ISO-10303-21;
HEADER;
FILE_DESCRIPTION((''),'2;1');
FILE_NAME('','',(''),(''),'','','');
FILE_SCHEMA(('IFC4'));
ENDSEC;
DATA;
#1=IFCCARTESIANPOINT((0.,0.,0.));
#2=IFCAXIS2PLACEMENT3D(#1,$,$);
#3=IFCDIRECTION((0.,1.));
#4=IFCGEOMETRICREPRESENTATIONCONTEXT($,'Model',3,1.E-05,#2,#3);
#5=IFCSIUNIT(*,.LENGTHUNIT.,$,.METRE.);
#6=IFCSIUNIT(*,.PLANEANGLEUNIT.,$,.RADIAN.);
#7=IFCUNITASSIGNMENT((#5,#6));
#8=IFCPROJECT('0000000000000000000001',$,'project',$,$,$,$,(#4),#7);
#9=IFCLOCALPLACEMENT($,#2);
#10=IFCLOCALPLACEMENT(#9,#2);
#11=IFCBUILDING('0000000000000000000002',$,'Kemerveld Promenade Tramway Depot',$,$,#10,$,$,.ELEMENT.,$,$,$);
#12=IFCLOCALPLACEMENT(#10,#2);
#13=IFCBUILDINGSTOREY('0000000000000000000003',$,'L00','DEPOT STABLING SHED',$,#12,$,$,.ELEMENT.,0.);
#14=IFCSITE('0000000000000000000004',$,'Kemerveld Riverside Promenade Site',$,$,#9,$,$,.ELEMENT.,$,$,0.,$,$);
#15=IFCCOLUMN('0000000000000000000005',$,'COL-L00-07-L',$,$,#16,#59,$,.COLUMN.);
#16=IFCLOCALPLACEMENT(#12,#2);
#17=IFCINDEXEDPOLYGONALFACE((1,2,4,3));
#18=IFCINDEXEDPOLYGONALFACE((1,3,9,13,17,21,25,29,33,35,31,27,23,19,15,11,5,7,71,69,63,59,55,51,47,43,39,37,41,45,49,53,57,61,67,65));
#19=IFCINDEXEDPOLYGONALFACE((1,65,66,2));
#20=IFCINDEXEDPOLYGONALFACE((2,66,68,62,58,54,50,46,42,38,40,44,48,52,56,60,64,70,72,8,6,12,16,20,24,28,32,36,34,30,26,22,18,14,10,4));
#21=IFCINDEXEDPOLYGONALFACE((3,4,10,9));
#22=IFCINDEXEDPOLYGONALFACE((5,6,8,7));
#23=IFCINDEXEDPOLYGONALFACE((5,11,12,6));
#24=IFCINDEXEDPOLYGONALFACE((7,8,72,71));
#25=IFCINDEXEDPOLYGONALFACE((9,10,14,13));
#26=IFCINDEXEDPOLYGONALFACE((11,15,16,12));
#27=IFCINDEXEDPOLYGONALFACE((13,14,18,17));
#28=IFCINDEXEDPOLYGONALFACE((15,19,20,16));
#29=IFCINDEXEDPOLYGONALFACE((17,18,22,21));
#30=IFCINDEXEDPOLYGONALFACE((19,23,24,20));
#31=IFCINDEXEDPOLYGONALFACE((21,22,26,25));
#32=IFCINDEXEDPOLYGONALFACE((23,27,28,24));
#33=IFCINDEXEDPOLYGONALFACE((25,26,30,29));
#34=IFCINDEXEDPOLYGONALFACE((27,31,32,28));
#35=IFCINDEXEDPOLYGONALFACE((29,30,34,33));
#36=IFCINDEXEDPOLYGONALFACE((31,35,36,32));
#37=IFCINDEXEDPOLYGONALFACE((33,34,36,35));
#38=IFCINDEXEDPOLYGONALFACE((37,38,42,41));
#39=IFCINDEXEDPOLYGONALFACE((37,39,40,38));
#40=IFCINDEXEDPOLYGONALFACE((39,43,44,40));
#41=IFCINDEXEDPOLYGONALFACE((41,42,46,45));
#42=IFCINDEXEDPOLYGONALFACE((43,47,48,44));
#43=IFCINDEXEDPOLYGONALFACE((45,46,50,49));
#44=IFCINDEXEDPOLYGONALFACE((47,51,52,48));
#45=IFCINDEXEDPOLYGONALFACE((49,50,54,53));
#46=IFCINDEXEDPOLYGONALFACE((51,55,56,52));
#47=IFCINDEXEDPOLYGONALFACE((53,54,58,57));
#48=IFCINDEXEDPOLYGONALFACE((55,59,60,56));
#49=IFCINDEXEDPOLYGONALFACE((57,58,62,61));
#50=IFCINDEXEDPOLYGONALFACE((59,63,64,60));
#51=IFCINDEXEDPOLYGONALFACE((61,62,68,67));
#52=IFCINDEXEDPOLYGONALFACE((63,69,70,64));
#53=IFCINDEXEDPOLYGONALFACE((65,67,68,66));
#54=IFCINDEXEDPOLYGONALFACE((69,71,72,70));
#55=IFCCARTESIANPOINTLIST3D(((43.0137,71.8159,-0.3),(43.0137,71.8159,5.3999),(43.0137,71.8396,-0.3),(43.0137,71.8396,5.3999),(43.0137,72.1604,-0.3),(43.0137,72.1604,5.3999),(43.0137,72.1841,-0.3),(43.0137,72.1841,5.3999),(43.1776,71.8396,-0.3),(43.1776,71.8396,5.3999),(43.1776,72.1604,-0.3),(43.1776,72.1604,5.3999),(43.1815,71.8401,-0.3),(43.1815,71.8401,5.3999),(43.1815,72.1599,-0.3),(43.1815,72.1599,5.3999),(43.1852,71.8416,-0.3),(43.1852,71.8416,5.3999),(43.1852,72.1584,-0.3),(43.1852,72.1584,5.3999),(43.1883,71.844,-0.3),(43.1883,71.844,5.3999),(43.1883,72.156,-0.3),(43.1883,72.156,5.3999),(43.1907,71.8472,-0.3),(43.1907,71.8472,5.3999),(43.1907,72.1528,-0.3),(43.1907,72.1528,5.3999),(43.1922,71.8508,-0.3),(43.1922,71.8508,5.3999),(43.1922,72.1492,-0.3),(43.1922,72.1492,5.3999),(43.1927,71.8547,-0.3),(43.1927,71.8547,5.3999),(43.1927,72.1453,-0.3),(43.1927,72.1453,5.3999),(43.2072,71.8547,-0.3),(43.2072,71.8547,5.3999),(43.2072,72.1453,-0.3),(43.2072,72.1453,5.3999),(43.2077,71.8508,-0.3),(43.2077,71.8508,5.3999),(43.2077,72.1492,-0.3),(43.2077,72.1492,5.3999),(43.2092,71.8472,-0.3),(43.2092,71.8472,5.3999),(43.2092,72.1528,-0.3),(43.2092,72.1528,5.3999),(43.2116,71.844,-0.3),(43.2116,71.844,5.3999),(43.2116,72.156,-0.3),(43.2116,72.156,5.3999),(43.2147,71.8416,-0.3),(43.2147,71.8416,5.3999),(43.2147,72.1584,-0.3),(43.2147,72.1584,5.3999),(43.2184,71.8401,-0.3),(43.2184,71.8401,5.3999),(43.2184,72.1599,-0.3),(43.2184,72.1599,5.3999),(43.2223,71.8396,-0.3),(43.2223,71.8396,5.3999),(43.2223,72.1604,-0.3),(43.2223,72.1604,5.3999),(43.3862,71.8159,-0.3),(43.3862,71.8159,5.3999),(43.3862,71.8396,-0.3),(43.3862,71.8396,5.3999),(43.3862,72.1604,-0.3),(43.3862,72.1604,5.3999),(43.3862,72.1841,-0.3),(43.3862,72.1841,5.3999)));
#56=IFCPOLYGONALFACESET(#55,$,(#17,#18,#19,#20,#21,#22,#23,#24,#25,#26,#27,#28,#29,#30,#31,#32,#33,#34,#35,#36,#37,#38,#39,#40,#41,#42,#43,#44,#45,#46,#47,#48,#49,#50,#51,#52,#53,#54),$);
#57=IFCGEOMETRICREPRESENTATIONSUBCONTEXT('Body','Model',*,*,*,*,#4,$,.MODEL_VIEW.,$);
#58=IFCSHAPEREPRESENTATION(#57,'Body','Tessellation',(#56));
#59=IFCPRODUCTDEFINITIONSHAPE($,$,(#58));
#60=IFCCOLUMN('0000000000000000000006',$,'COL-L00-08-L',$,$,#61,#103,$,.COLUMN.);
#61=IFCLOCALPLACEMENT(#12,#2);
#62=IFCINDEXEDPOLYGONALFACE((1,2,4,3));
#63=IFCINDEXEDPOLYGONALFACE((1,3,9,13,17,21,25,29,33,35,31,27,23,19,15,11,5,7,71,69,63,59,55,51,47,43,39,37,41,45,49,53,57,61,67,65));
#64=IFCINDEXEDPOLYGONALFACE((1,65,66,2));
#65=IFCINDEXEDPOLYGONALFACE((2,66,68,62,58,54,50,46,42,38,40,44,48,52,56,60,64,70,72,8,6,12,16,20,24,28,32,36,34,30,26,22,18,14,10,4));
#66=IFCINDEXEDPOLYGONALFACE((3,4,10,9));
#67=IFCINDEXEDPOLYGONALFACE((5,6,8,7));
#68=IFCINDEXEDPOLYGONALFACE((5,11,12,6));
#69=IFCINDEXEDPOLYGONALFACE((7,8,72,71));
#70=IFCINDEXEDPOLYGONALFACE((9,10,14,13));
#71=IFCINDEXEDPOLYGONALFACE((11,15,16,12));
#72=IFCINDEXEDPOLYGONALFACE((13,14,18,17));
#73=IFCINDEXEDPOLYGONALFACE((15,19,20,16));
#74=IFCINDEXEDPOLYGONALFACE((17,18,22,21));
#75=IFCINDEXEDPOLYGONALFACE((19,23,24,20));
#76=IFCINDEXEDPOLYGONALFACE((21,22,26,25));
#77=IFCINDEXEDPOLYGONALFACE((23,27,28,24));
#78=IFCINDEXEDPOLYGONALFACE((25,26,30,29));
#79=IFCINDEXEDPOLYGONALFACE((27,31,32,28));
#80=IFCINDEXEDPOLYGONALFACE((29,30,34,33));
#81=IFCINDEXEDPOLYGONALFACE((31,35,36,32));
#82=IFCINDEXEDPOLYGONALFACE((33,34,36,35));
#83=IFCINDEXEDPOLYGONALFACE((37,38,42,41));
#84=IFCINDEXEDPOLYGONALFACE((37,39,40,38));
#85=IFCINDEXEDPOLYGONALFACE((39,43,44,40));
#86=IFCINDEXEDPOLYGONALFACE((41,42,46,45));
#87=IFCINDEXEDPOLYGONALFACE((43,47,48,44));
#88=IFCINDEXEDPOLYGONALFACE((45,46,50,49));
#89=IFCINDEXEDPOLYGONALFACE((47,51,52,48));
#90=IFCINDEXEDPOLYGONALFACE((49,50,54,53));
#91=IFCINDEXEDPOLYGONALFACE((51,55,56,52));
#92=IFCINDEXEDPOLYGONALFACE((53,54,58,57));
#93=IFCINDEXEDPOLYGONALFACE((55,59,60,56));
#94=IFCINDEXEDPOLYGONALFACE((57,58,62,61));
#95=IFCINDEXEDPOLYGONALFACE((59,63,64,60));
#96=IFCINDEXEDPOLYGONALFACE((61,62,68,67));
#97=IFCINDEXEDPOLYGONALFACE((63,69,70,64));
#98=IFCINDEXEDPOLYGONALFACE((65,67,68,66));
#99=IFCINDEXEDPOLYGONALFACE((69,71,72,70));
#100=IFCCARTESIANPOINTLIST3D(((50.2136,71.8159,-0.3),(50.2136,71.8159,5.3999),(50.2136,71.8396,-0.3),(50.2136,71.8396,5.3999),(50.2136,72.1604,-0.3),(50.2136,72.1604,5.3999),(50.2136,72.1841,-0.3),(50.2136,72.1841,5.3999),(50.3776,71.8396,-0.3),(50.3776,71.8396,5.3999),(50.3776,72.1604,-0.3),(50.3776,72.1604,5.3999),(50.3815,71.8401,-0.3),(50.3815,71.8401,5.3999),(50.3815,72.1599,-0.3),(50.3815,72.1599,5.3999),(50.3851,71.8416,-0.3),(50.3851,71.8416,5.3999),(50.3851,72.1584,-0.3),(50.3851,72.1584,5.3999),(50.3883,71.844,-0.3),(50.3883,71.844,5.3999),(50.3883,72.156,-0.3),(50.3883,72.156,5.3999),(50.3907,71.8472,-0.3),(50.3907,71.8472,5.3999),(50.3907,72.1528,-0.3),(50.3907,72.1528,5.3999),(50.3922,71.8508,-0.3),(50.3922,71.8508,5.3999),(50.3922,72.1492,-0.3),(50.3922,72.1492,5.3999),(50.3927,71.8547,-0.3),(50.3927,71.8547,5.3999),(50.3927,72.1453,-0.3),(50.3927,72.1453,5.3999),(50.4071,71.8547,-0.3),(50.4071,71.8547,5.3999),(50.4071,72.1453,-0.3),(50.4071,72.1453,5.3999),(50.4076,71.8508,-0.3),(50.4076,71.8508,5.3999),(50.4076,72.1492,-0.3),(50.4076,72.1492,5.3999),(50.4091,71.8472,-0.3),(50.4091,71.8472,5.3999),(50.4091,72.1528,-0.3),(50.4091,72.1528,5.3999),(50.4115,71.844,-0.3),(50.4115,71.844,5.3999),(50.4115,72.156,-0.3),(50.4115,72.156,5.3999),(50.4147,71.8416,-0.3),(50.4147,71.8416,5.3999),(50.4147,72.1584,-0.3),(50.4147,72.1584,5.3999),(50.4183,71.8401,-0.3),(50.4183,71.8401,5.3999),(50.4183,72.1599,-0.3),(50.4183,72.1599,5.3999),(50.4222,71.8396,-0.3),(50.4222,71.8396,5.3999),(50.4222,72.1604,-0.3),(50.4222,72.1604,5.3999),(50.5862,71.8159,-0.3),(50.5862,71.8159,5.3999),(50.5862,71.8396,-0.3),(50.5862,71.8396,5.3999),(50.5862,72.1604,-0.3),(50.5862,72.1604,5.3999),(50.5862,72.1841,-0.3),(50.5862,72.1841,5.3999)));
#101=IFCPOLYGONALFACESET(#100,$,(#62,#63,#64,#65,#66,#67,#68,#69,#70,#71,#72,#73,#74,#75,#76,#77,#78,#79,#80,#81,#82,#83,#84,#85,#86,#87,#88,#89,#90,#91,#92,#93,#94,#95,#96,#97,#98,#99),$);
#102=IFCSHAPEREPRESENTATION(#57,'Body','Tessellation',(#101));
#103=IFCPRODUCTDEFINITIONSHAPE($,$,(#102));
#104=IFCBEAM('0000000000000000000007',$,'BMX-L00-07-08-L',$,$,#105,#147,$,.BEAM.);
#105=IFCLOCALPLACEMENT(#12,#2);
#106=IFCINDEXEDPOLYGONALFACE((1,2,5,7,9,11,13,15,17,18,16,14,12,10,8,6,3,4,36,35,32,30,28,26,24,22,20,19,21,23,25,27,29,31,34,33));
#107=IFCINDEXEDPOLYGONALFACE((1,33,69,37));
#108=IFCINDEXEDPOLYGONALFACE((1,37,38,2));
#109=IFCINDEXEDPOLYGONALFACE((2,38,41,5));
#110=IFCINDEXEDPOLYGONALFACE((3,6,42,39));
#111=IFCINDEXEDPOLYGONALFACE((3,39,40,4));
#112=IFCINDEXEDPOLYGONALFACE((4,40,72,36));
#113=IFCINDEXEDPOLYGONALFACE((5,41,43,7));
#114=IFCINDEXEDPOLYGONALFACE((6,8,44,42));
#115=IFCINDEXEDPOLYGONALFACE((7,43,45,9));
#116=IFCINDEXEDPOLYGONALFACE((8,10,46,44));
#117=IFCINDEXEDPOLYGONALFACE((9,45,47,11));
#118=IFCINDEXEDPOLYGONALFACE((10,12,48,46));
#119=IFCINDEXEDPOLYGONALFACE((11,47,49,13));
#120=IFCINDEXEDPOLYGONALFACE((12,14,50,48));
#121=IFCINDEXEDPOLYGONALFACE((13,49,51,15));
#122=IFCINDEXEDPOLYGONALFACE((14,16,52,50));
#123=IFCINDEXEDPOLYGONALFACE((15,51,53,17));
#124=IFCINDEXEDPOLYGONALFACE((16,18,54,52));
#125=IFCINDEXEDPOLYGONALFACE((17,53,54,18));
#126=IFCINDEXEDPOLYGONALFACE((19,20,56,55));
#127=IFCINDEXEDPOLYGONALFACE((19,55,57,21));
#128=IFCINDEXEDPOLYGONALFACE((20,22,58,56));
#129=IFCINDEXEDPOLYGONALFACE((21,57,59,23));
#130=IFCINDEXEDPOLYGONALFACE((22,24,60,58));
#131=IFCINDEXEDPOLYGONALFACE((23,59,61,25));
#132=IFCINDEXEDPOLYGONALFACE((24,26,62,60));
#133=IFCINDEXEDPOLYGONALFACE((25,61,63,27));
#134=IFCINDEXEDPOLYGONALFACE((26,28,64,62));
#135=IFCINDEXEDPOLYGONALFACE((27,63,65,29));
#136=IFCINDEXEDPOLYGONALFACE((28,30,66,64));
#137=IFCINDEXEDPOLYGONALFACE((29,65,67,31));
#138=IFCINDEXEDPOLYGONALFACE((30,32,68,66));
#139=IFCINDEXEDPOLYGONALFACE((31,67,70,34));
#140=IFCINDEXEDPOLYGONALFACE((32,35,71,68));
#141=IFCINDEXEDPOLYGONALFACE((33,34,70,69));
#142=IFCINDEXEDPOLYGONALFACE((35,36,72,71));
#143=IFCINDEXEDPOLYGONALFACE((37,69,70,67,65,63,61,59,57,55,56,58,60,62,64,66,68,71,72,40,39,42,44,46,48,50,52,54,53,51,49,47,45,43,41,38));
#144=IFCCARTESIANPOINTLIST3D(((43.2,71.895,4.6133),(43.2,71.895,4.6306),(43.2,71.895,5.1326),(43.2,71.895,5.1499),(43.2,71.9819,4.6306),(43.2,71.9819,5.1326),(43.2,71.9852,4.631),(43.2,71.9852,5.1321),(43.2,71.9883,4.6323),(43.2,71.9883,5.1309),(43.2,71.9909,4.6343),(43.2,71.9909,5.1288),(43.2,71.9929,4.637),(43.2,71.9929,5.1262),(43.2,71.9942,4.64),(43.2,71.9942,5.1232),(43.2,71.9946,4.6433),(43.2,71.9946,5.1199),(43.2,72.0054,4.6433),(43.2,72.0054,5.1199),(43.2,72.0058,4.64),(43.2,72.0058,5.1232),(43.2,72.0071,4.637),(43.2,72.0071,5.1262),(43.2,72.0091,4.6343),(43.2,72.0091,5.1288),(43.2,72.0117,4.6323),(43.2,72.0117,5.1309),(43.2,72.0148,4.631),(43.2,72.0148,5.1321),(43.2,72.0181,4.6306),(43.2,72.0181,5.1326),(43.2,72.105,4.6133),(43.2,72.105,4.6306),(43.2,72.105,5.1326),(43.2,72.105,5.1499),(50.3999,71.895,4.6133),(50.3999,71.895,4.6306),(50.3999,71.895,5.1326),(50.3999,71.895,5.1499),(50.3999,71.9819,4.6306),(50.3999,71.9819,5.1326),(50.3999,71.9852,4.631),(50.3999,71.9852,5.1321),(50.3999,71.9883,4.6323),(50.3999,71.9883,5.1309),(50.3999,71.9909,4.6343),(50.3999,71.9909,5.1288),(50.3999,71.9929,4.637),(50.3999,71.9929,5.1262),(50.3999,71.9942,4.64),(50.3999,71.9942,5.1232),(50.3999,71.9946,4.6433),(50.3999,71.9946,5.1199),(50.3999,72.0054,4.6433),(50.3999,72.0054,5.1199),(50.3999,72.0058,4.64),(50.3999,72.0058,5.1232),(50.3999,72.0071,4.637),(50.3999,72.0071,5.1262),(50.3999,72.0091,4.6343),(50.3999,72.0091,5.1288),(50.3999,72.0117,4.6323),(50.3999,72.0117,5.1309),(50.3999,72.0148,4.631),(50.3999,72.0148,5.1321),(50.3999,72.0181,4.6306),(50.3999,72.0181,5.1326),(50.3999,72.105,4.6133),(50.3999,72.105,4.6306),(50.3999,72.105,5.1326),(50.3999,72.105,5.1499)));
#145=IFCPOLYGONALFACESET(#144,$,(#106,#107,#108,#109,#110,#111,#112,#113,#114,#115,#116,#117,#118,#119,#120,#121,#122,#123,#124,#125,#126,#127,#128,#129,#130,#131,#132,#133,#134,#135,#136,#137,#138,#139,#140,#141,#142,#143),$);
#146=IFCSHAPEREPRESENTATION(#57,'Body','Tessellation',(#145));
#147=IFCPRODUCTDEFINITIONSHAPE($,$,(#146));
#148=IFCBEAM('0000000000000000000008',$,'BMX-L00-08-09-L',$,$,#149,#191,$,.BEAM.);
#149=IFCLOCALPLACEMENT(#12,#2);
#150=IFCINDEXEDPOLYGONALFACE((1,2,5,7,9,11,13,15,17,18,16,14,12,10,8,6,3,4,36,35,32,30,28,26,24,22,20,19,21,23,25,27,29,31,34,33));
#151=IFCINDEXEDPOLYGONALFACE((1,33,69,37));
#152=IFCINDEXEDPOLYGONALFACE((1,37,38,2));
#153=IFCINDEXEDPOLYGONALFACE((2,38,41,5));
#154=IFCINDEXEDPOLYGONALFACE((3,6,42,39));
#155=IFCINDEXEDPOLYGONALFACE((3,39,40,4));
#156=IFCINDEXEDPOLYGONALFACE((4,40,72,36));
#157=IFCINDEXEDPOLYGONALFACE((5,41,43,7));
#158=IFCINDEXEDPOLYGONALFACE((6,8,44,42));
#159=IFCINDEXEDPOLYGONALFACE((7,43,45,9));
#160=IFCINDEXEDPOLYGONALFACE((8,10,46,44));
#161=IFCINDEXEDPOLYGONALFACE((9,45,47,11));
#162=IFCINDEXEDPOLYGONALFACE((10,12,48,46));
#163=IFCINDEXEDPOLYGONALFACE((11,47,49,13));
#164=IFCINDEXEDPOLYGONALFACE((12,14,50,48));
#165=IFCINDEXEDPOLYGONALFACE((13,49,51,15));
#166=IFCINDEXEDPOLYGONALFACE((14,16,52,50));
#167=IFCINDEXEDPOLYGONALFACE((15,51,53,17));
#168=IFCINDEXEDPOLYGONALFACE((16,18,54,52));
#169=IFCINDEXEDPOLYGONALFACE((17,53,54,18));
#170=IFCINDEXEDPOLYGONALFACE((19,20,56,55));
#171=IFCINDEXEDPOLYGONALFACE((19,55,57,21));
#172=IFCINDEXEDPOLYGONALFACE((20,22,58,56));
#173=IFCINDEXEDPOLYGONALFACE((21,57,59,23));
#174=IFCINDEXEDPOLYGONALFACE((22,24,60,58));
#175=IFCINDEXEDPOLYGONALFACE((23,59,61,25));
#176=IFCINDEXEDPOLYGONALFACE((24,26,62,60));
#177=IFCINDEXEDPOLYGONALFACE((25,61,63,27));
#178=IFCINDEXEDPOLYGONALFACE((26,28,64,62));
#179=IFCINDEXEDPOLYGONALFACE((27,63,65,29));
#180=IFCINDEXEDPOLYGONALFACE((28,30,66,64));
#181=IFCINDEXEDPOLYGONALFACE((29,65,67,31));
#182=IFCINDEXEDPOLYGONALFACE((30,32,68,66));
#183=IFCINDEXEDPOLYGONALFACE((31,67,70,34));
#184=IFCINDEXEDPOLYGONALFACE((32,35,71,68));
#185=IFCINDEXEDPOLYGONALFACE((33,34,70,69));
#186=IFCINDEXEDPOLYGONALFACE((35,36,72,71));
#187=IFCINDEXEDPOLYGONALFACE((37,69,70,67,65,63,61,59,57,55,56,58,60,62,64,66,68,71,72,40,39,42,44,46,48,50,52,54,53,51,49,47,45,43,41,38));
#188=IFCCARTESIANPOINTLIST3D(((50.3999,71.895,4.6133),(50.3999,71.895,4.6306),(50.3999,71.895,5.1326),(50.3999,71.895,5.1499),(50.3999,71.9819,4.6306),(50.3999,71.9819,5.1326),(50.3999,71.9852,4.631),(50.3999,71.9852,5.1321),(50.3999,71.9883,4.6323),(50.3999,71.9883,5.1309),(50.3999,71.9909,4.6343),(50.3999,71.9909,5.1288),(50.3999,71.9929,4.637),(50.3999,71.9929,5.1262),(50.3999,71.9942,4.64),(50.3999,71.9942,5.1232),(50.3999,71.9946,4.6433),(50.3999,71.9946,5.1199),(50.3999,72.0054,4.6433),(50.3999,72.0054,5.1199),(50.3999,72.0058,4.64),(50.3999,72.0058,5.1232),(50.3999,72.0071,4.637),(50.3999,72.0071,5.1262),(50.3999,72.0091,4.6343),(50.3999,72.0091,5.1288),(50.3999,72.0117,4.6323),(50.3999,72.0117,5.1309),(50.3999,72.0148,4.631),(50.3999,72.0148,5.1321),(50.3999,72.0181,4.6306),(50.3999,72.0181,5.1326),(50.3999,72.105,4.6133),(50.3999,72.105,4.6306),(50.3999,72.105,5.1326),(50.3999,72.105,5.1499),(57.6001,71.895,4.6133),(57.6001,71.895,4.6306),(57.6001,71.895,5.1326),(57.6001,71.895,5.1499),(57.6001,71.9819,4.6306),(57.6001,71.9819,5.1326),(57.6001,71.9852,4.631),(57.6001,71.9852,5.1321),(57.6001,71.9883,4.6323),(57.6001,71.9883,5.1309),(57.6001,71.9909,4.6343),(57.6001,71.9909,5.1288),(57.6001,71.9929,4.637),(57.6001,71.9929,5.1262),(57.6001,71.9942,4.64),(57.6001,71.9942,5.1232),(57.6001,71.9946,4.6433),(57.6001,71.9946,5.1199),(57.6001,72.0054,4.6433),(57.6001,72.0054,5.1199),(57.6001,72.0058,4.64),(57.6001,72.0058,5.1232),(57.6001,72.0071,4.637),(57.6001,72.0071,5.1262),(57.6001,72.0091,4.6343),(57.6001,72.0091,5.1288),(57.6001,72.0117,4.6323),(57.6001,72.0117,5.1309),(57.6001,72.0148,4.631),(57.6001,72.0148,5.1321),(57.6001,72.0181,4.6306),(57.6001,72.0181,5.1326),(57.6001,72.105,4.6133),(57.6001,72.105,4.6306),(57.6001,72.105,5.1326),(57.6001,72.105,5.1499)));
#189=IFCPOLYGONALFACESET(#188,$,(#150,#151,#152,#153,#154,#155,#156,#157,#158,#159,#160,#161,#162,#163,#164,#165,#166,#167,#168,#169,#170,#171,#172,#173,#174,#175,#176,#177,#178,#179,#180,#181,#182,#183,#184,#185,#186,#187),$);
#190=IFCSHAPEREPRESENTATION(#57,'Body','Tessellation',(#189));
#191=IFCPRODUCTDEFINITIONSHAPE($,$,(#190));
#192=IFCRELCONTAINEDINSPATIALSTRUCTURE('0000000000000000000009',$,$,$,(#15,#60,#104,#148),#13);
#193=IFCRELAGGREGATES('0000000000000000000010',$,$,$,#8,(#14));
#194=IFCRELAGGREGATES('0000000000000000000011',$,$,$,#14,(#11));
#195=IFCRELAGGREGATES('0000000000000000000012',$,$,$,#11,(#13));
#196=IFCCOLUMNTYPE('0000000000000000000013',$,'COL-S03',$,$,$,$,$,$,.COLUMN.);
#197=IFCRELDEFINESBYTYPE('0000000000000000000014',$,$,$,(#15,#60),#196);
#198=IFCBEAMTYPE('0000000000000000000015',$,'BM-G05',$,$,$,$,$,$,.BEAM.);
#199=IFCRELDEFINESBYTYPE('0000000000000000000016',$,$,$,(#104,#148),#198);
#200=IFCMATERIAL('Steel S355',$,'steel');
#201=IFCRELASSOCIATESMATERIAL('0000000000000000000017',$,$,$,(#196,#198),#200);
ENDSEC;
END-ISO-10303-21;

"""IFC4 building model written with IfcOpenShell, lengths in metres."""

from ifc_helpers import new_model, si_unit, direction, frame, origin, origin_2d, place, context, subcontext, project, spatial, i_section, extrude, material, material_profile, profile_set, type_object, element, save


model = new_model("IFC4")

# Units and contexts
model_context = context("Model", 3, precision=1e-05, world=origin(), true_north=direction((0.0, 1.0)))
body_context = subcontext(model_context, "Body", "Model", "MODEL_VIEW")
ifc_project = project(units=[si_unit("LENGTHUNIT", "METRE"), si_unit("PLANEANGLEUNIT", "RADIAN")], contexts=[model_context])

# Site, building, storey
site_placement = place(None, origin())
site = spatial("IfcSite", under=ifc_project, at=site_placement, Name="Kemerveld Riverside Promenade Site", CompositionType="ELEMENT", RefElevation=0.0)
building_placement = place(site_placement, origin())
building = spatial("IfcBuilding", under=site, at=building_placement, Name="Kemerveld Promenade Tramway Depot", CompositionType="ELEMENT")
storey_placement = place(building_placement, origin())
storey = spatial("IfcBuildingStorey", under=building, at=storey_placement, Name="L00", Description="DEPOT STABLING SHED", CompositionType="ELEMENT", Elevation=0.0)

# Columns
ifc_material_1 = material(Name="Steel S355", Category="steel")
ifc_material_profile_1 = material_profile(ifc_material_1, i_section(OverallWidth=0.3726, OverallDepth=0.3682, WebThickness=0.0144, FlangeThickness=0.0237, FilletRadius=0.0151, at=origin_2d()), Name="356x368x177 UC")
ifc_profile_set_1 = profile_set([ifc_material_profile_1], Name="Steel S355")
column_type = type_object("IfcColumnType", Name="COL-S03", PredefinedType="COLUMN", material=ifc_profile_set_1)
for number, where, z_axis, x_axis, name in (
    (1, (43.2, 72.0, -0.3), (0.0, 0.0, 1.0), (1.0, 0.0, 0.0), "COL-L00-07-L"),
    (2, (50.3999, 72.0, -0.3), (0.0, 0.0, 1.0), (1.0, 0.0, 0.0), "COL-L00-08-L"),
):
    element("IfcColumn", number, at=place(storey_placement, frame(where, z_axis=z_axis, x_axis=x_axis)), inside=storey, type_object=column_type, Name=name, PredefinedType="COLUMN", context=body_context, shape_type="SweptSolid", body=[
        extrude(i_section(OverallWidth=0.3726, OverallDepth=0.3682, WebThickness=0.0144, FlangeThickness=0.0237, FilletRadius=0.0151, at=origin_2d()), origin(), (0.0, 0.0, 1.0), 5.7),
    ])

# Beams
ifc_material_profile_2 = material_profile(ifc_material_1, i_section(OverallWidth=0.21, OverallDepth=0.5366, WebThickness=0.0107, FlangeThickness=0.0173, FilletRadius=0.0127, at=origin_2d()), Name="533x210x101 UB")
ifc_profile_set_2 = profile_set([ifc_material_profile_2], Name="Steel S355")
beam_type_1 = type_object("IfcBeamType", Name="BM-G05", PredefinedType="BEAM", material=ifc_profile_set_2)
beam_1_placement = place(storey_placement, frame((43.2, 72.0, 4.8816), z_axis=(1.0, 0.0, 0.0), x_axis=(0.0, 1.0, 0.0)))
element("IfcBeam", 3, at=beam_1_placement, inside=storey, type_object=beam_type_1, Name="BMX-L00-07-08-L", PredefinedType="BEAM", context=body_context, shape_type="SweptSolid", body=[
    extrude(i_section(OverallWidth=0.21, OverallDepth=0.5366, WebThickness=0.0107, FlangeThickness=0.0173, FilletRadius=0.0127, at=origin_2d()), origin(), (0.0, 0.0, 1.0), 7.2),
])
beam_2_placement = place(storey_placement, frame((50.3999, 72.0, 4.8816), z_axis=(1.0, 0.0, 0.0), x_axis=(0.0, 1.0, 0.0)))
element("IfcBeam", 4, at=beam_2_placement, inside=storey, type_object=beam_type_1, Name="BMX-L00-08-09-L", PredefinedType="BEAM", context=body_context, shape_type="SweptSolid", body=[
    extrude(i_section(OverallWidth=0.21, OverallDepth=0.5366, WebThickness=0.0107, FlangeThickness=0.0173, FilletRadius=0.0127, at=origin_2d()), origin(), (0.0, 0.0, 1.0), 7.2002),
])

save(model, "model.ifc")
